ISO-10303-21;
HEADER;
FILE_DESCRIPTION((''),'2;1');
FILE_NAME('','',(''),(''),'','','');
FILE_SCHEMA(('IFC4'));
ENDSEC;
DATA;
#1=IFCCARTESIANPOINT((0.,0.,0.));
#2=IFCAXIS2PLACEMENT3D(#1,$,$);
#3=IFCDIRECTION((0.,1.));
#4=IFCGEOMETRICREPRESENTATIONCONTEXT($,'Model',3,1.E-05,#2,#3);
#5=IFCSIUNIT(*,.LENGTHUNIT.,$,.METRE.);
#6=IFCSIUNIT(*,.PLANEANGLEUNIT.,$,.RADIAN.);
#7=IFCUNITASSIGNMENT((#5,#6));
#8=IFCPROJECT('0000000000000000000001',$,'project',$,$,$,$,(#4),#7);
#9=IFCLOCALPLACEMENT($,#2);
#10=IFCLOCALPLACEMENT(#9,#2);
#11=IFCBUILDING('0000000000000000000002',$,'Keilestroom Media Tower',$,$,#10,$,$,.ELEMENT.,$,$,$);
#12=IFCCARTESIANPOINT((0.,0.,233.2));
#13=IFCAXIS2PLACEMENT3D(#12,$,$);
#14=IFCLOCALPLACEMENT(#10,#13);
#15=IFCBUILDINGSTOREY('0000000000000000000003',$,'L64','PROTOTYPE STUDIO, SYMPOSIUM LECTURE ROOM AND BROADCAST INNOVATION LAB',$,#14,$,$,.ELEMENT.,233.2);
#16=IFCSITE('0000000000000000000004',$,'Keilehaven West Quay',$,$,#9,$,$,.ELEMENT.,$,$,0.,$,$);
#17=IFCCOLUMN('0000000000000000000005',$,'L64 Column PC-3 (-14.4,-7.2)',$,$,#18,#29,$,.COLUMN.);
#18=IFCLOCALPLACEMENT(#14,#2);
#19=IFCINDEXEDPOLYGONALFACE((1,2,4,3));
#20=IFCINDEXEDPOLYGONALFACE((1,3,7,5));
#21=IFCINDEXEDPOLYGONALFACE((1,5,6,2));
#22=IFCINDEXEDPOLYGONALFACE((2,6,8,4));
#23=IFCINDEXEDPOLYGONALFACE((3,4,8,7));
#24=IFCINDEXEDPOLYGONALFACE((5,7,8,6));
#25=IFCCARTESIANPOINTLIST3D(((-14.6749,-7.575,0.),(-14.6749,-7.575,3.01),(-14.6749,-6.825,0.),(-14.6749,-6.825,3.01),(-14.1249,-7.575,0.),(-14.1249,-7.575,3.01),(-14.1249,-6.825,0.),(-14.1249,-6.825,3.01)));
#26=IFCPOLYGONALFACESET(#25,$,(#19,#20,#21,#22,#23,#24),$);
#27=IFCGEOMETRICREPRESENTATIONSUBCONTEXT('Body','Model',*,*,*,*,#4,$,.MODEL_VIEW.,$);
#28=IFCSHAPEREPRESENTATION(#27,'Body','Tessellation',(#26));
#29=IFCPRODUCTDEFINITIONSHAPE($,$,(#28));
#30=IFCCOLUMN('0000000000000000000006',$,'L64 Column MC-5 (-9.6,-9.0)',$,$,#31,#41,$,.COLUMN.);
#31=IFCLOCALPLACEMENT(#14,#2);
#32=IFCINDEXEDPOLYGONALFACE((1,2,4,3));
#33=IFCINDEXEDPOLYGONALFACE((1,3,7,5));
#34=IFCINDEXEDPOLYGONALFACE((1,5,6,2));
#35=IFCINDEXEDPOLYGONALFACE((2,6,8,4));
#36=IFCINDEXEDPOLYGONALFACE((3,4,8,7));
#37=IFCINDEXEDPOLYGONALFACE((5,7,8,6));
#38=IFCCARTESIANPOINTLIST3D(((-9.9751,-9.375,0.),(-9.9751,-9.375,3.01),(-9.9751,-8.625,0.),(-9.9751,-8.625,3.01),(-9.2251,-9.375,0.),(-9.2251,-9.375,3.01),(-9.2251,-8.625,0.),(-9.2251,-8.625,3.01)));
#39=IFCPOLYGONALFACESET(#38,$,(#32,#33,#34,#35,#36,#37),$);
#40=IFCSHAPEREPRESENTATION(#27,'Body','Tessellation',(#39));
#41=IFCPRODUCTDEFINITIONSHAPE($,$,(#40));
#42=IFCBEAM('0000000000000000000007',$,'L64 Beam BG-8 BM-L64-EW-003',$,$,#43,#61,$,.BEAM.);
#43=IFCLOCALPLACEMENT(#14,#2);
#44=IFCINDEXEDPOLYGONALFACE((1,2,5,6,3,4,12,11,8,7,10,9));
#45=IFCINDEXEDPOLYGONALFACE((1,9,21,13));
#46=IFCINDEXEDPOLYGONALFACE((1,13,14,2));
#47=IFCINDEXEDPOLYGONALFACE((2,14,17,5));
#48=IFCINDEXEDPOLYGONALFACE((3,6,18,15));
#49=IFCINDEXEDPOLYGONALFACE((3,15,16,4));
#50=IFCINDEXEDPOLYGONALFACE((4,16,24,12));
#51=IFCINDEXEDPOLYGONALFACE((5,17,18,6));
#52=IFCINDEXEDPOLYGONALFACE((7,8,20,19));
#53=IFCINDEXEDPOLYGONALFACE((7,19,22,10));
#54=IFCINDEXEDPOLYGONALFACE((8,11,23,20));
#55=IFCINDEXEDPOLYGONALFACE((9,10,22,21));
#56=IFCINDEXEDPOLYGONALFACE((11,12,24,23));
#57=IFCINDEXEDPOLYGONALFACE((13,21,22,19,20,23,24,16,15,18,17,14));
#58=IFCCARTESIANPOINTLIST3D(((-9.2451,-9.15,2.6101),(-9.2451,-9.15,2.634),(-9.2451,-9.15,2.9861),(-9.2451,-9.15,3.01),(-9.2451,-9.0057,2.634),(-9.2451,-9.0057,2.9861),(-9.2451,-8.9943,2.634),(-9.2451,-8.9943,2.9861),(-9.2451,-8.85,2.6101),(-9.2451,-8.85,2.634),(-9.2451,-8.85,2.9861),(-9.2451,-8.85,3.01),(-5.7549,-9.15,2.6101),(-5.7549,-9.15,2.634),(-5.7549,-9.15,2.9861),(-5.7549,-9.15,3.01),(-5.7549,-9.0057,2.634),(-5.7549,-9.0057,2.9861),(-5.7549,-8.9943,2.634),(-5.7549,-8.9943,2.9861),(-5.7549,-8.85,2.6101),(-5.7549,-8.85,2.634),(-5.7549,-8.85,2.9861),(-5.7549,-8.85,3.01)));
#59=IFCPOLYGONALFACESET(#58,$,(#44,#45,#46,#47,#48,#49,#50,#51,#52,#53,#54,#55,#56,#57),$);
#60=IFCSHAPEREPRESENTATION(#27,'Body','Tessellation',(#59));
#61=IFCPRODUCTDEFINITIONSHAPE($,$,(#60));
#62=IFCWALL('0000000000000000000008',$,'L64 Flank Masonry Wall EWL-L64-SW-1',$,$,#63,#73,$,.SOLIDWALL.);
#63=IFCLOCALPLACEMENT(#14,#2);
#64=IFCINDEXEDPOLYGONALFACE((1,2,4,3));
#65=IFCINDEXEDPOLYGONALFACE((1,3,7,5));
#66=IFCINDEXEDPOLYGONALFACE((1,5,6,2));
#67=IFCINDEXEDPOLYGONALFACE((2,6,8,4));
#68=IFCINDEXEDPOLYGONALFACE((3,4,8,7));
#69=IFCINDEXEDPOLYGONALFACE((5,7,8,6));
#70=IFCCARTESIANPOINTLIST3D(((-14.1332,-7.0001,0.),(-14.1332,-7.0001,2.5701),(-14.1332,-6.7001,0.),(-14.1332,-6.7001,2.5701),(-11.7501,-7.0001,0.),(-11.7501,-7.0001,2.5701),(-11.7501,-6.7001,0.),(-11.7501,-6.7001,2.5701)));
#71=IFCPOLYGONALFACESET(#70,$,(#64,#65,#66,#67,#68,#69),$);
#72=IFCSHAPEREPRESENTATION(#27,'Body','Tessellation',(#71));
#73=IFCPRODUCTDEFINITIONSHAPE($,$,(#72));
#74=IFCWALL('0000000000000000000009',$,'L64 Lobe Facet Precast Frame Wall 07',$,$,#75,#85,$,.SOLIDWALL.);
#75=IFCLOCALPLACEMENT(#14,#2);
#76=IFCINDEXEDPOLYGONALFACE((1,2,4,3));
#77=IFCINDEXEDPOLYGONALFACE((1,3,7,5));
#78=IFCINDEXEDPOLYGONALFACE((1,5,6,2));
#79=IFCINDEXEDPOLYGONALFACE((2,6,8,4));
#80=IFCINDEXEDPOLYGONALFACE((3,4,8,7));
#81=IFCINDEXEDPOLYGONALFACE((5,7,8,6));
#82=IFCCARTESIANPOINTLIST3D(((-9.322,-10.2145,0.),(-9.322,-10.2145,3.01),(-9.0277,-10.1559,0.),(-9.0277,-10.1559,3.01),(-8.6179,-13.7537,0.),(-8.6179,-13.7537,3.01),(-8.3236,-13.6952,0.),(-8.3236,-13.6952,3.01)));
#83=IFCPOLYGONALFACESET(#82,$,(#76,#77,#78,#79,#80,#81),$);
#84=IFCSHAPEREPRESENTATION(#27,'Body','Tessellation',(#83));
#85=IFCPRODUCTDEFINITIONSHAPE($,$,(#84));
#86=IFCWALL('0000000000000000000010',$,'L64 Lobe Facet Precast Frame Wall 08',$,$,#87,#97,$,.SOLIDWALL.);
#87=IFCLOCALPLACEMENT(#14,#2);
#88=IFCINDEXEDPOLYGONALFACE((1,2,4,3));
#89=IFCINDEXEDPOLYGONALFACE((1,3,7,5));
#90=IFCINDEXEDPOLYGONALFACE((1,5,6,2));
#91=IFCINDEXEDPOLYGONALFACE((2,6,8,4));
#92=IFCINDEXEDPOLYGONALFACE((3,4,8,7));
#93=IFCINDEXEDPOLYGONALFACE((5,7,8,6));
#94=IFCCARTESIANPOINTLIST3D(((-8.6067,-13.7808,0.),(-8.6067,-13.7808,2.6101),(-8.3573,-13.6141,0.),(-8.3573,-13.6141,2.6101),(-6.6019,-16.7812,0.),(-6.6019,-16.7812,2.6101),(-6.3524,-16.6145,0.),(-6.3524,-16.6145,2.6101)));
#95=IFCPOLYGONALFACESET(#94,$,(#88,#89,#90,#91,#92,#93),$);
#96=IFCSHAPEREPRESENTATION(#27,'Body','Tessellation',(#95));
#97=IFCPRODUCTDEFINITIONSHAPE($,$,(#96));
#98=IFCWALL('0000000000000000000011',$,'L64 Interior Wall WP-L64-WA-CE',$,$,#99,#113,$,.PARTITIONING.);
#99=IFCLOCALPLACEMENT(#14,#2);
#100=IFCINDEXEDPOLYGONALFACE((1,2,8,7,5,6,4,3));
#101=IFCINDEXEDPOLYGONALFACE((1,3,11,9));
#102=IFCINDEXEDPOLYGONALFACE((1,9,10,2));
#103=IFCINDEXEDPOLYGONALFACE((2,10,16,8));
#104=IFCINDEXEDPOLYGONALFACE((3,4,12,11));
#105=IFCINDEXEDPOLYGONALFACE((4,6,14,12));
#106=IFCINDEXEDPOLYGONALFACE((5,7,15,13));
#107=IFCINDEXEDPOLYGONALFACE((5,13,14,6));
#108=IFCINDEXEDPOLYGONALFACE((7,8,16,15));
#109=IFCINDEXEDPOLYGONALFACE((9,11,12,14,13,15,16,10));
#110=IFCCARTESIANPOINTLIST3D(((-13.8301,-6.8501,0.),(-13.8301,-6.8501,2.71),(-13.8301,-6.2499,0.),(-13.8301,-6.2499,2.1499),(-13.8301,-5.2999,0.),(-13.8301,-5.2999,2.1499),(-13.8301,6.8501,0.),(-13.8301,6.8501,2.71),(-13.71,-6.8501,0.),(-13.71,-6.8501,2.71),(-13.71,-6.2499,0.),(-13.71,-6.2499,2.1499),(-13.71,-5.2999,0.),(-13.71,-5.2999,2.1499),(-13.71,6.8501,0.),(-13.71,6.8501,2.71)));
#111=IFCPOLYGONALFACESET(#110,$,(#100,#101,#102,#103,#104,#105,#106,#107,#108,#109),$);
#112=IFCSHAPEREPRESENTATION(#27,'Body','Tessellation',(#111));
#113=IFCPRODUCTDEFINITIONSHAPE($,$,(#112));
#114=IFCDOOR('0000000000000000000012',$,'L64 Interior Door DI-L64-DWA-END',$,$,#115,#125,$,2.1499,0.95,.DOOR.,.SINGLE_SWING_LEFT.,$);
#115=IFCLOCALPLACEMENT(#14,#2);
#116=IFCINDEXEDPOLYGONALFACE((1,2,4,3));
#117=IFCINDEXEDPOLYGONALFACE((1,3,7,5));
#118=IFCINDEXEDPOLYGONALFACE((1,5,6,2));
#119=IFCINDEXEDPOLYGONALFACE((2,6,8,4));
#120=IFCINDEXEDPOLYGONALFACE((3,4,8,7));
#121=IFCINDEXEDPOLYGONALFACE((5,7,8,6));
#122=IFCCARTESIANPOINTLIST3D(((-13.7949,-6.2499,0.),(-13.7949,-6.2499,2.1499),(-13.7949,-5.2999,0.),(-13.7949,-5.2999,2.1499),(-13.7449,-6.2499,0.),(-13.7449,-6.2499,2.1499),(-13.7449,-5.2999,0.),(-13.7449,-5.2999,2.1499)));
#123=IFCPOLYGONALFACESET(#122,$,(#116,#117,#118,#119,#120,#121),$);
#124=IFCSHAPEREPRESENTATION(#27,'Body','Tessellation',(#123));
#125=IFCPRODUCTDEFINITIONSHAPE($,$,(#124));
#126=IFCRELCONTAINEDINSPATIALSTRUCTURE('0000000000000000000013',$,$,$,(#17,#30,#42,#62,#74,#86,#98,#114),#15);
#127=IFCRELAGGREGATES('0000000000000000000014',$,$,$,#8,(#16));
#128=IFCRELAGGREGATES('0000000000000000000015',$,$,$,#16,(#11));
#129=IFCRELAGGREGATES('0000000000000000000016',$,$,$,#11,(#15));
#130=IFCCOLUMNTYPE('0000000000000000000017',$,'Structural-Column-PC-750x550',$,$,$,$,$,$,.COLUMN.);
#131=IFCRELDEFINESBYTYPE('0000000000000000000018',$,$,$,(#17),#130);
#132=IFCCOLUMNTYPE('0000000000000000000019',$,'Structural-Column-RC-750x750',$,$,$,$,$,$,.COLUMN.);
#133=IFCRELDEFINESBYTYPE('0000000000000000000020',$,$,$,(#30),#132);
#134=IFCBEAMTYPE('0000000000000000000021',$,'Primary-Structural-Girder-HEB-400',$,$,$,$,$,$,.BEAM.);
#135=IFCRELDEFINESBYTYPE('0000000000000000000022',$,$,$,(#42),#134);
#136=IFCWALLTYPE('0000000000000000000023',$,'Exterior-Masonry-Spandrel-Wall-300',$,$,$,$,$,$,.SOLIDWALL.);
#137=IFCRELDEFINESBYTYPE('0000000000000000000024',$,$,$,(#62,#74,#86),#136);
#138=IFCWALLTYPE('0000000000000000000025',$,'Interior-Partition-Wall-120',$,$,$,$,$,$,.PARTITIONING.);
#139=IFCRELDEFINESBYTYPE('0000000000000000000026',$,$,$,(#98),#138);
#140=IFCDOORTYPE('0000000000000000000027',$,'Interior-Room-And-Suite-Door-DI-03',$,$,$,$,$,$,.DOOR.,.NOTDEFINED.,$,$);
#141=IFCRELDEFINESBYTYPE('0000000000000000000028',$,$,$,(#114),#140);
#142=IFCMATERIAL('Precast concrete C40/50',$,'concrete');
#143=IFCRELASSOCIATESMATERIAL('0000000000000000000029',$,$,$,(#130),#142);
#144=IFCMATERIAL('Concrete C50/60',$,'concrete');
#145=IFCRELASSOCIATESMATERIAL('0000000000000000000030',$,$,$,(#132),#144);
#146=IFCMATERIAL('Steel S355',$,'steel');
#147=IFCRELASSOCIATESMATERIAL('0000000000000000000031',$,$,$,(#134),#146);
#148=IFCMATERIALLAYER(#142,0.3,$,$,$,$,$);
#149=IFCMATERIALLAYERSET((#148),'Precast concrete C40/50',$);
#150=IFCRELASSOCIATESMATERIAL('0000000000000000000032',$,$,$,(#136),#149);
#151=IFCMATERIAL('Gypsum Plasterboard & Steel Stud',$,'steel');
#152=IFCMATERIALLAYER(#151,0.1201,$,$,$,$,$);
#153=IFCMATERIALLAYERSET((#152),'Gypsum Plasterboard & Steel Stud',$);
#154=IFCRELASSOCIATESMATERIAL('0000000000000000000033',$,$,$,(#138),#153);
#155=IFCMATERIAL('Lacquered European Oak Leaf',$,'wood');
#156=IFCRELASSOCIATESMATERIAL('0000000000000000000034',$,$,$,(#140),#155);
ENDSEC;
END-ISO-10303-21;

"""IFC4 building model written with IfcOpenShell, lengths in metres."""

from ifc_helpers import new_model, si_unit, direction, frame, frame_2d, origin, origin_2d, place, context, subcontext, project, spatial, rectangle, i_section, extrude, source, transform, mapped, material, layer, layer_set, material_profile, profile_set, type_object, element, fill, save


model = new_model("IFC4")

# Units and contexts
model_context = context("Model", 3, precision=1e-05, world=origin(), true_north=direction((0.0, 1.0)))
body_context = subcontext(model_context, "Body", "Model", "MODEL_VIEW")
ifc_project = project(units=[si_unit("LENGTHUNIT", "METRE"), si_unit("PLANEANGLEUNIT", "RADIAN")], contexts=[model_context])

# Site, building, storey
site_placement = place(None, origin())
site = spatial("IfcSite", under=ifc_project, at=site_placement, Name="Keilehaven West Quay", CompositionType="ELEMENT", RefElevation=0.0)
building_placement = place(site_placement, origin())
building = spatial("IfcBuilding", under=site, at=building_placement, Name="Keilestroom Media Tower", CompositionType="ELEMENT")
storey_placement = place(building_placement, frame((0.0, 0.0, 233.2)))
storey = spatial("IfcBuildingStorey", under=building, at=storey_placement, Name="L64", Description="PROTOTYPE STUDIO, SYMPOSIUM LECTURE ROOM AND BROADCAST INNOVATION LAB", CompositionType="ELEMENT", Elevation=233.2)

# Columns
ifc_material_1 = material(Name="Precast concrete C40/50", Category="concrete")
ifc_material_profile_1 = material_profile(ifc_material_1, rectangle(XDim=0.55, YDim=0.75, at=origin_2d()), Name="PC 750x550")
ifc_profile_set_1 = profile_set([ifc_material_profile_1], Name="Precast concrete C40/50")
column_type_1 = type_object("IfcColumnType", Name="Structural-Column-PC-750x550", PredefinedType="COLUMN", material=ifc_profile_set_1)
shared_shape_1 = source(origin(), body_context, "Body", "SweptSolid", [
    extrude(rectangle(XDim=0.55, YDim=0.75, at=origin_2d()), origin(), (0.0, 0.0, 1.0), 3.01),
])
column_1_placement = place(storey_placement, frame((-14.3999, -7.2, 0.0), z_axis=(0.0, 0.0, 1.0), x_axis=(1.0, 0.0, 0.0)))
element("IfcColumn", 1, at=column_1_placement, inside=storey, type_object=column_type_1, Name="L64 Column PC-3 (-14.4,-7.2)", PredefinedType="COLUMN", context=body_context, shape_type="MappedRepresentation", body=[
    mapped(shared_shape_1, transform((0.0, 0.0, 0.0), x_axis=(1.0, 0.0, 0.0), y_axis=(0.0, 1.0, 0.0), z_axis=(0.0, 0.0, 1.0), scale=1.0)),
])
ifc_material_2 = material(Name="Concrete C50/60", Category="concrete")
ifc_material_profile_2 = material_profile(ifc_material_2, rectangle(XDim=0.75, YDim=0.75, at=origin_2d()), Name="RC 750x750")
ifc_profile_set_2 = profile_set([ifc_material_profile_2], Name="Concrete C50/60")
column_type_2 = type_object("IfcColumnType", Name="Structural-Column-RC-750x750", PredefinedType="COLUMN", material=ifc_profile_set_2)
shared_shape_2 = source(origin(), body_context, "Body", "SweptSolid", [
    extrude(rectangle(XDim=0.75, YDim=0.75, at=origin_2d()), origin(), (0.0, 0.0, 1.0), 3.01),
])
column_2_placement = place(storey_placement, frame((-9.6001, -9.0, 0.0), z_axis=(0.0, 0.0, 1.0), x_axis=(1.0, 0.0, 0.0)))
element("IfcColumn", 2, at=column_2_placement, inside=storey, type_object=column_type_2, Name="L64 Column MC-5 (-9.6,-9.0)", PredefinedType="COLUMN", context=body_context, shape_type="MappedRepresentation", body=[
    mapped(shared_shape_2, transform((0.0, 0.0, 0.0), x_axis=(1.0, 0.0, 0.0), y_axis=(0.0, 1.0, 0.0), z_axis=(0.0, 0.0, 1.0), scale=1.0)),
])

# Beam
ifc_material_3 = material(Name="Steel S355", Category="steel")
ifc_material_profile_3 = material_profile(ifc_material_3, i_section(OverallWidth=0.3, OverallDepth=0.3999, WebThickness=0.0115, FlangeThickness=0.0239, at=origin_2d()), Name="HEB 400")
ifc_profile_set_3 = profile_set([ifc_material_profile_3], Name="Steel S355")
beam_type = type_object("IfcBeamType", Name="Primary-Structural-Girder-HEB-400", PredefinedType="BEAM", material=ifc_profile_set_3)
shared_shape_3 = source(origin(), body_context, "Body", "SweptSolid", [
    extrude(i_section(OverallWidth=0.3, OverallDepth=0.3999, WebThickness=0.0115, FlangeThickness=0.0239, at=origin_2d()), origin(), (0.0, 0.0, 1.0), 3.4902),
])
beam_placement = place(storey_placement, frame((-9.2451, -9.0, 2.8101), z_axis=(1.0, 0.0, 0.0), x_axis=(0.0, 1.0, 0.0)))
element("IfcBeam", 3, at=beam_placement, inside=storey, type_object=beam_type, Name="L64 Beam BG-8 BM-L64-EW-003", PredefinedType="BEAM", context=body_context, shape_type="MappedRepresentation", body=[
    mapped(shared_shape_3, transform((0.0, 0.0, 0.0), x_axis=(1.0, 0.0, 0.0), y_axis=(0.0, 1.0, 0.0), z_axis=(0.0, 0.0, 1.0), scale=1.0)),
])

# Walls
ifc_layer_1 = layer(ifc_material_1, 0.3)
ifc_layer_set_1 = layer_set([ifc_layer_1], Name="Precast concrete C40/50")
wall_type_1 = type_object("IfcWallType", Name="Exterior-Masonry-Spandrel-Wall-300", PredefinedType="SOLIDWALL", material=ifc_layer_set_1)
wall_1_placement = place(storey_placement, frame((-14.1331, -6.8501, 0.0), z_axis=(0.0, 0.0, 1.0), x_axis=(1.0, 0.0, 0.0)))
element("IfcWall", 4, at=wall_1_placement, inside=storey, type_object=wall_type_1, Name="L64 Flank Masonry Wall EWL-L64-SW-1", PredefinedType="SOLIDWALL", context=body_context, shape_type="SweptSolid", body=[
    extrude(rectangle(XDim=2.3831, YDim=0.3, at=frame_2d((1.1914, 0.0))), origin(), (0.0, 0.0, 1.0), 2.5701),
])
wall_2_placement = place(storey_placement, frame((-9.1748, -10.1853, 0.0), z_axis=(0.0, 0.0, 1.0), x_axis=(0.195114, -0.980781, 0.0)))
element("IfcWall", 5, at=wall_2_placement, inside=storey, type_object=wall_type_1, Name="L64 Lobe Facet Precast Frame Wall 07", PredefinedType="SOLIDWALL", context=body_context, shape_type="SweptSolid", body=[
    extrude(rectangle(XDim=3.6086, YDim=0.3, at=frame_2d((1.8042, 0.0))), origin(), (0.0, 0.0, 1.0), 3.01),
])
wall_3_placement = place(storey_placement, frame((-8.4819, -13.6975, 0.0), z_axis=(0.0, 0.0, 1.0), x_axis=(0.555574, -0.831467, 0.0)))
element("IfcWall", 6, at=wall_3_placement, inside=storey, type_object=wall_type_1, Name="L64 Lobe Facet Precast Frame Wall 08", PredefinedType="SOLIDWALL", context=body_context, shape_type="SweptSolid", body=[
    extrude(rectangle(XDim=3.6086, YDim=0.3, at=frame_2d((1.8042, 0.0))), origin(), (0.0, 0.0, 1.0), 2.6101),
])

# Wall, opening, door
ifc_material_4 = material(Name="Gypsum Plasterboard & Steel Stud", Category="steel")
ifc_layer_2 = layer(ifc_material_4, 0.1201)
ifc_layer_set_2 = layer_set([ifc_layer_2], Name="Gypsum Plasterboard & Steel Stud")
wall_type_2 = type_object("IfcWallType", Name="Interior-Partition-Wall-120", PredefinedType="PARTITIONING", material=ifc_layer_set_2)
wall_4_placement = place(storey_placement, frame((-13.77, -6.8501, 0.0), z_axis=(0.0, 0.0, 1.0), x_axis=(0.0, 1.0, 0.0)))
wall_4 = element("IfcWall", 7, at=wall_4_placement, inside=storey, type_object=wall_type_2, Name="L64 Interior Wall WP-L64-WA-CE", PredefinedType="PARTITIONING", context=body_context, shape_type="SweptSolid", body=[
    extrude(rectangle(XDim=13.7002, YDim=0.1201, at=frame_2d((6.8501, 0.0))), origin(), (0.0, 0.0, 1.0), 2.71),
])
opening_1_placement = place(wall_4_placement, frame((0.6001, 0.0, 0.0)))
opening_1 = element("IfcOpeningElement", 8, at=opening_1_placement, cuts=wall_4, PredefinedType="OPENING", context=body_context, shape_type="SweptSolid", body=[
    extrude(rectangle(XDim=0.95, YDim=2.1499, at=frame_2d((0.4751, 1.075))), frame((0.0, 0.0701, 0.0), z_axis=(0.0, -1.0, 0.0), x_axis=(1.0, 0.0, 0.0)), (0.0, 0.0, 1.0), 0.1401),
])
ifc_material_5 = material(Name="Lacquered European Oak Leaf", Category="wood")
door_type_1 = type_object("IfcDoorType", Name="Interior-Room-And-Suite-Door-DI-03", OperationType="NOTDEFINED", PredefinedType="DOOR", material=ifc_material_5)
shared_shape_4 = source(origin(), body_context, "Body", "SweptSolid", [
    extrude(rectangle(XDim=0.95, YDim=2.1499, at=frame_2d((0.4751, 1.075))), frame((0.0, 0.0249, 0.0), z_axis=(0.0, -1.0, 0.0), x_axis=(1.0, 0.0, 0.0)), (0.0, 0.0, 1.0), 0.05),
])
door_1_placement = place(opening_1_placement, origin())
door_1 = element("IfcDoor", 9, at=door_1_placement, inside=storey, type_object=door_type_1, Name="L64 Interior Door DI-L64-DWA-END", OperationType="SINGLE_SWING_LEFT", OverallHeight=2.1499, OverallWidth=0.95, PredefinedType="DOOR", context=body_context, shape_type="MappedRepresentation", body=[
    mapped(shared_shape_4, transform((0.0, 0.0, 0.0), x_axis=(1.0, 0.0, 0.0), y_axis=(0.0, 1.0, 0.0), z_axis=(0.0, 0.0, 1.0), scale=1.0)),
])
fill(opening_1, door_1)

save(model, "model.ifc")
